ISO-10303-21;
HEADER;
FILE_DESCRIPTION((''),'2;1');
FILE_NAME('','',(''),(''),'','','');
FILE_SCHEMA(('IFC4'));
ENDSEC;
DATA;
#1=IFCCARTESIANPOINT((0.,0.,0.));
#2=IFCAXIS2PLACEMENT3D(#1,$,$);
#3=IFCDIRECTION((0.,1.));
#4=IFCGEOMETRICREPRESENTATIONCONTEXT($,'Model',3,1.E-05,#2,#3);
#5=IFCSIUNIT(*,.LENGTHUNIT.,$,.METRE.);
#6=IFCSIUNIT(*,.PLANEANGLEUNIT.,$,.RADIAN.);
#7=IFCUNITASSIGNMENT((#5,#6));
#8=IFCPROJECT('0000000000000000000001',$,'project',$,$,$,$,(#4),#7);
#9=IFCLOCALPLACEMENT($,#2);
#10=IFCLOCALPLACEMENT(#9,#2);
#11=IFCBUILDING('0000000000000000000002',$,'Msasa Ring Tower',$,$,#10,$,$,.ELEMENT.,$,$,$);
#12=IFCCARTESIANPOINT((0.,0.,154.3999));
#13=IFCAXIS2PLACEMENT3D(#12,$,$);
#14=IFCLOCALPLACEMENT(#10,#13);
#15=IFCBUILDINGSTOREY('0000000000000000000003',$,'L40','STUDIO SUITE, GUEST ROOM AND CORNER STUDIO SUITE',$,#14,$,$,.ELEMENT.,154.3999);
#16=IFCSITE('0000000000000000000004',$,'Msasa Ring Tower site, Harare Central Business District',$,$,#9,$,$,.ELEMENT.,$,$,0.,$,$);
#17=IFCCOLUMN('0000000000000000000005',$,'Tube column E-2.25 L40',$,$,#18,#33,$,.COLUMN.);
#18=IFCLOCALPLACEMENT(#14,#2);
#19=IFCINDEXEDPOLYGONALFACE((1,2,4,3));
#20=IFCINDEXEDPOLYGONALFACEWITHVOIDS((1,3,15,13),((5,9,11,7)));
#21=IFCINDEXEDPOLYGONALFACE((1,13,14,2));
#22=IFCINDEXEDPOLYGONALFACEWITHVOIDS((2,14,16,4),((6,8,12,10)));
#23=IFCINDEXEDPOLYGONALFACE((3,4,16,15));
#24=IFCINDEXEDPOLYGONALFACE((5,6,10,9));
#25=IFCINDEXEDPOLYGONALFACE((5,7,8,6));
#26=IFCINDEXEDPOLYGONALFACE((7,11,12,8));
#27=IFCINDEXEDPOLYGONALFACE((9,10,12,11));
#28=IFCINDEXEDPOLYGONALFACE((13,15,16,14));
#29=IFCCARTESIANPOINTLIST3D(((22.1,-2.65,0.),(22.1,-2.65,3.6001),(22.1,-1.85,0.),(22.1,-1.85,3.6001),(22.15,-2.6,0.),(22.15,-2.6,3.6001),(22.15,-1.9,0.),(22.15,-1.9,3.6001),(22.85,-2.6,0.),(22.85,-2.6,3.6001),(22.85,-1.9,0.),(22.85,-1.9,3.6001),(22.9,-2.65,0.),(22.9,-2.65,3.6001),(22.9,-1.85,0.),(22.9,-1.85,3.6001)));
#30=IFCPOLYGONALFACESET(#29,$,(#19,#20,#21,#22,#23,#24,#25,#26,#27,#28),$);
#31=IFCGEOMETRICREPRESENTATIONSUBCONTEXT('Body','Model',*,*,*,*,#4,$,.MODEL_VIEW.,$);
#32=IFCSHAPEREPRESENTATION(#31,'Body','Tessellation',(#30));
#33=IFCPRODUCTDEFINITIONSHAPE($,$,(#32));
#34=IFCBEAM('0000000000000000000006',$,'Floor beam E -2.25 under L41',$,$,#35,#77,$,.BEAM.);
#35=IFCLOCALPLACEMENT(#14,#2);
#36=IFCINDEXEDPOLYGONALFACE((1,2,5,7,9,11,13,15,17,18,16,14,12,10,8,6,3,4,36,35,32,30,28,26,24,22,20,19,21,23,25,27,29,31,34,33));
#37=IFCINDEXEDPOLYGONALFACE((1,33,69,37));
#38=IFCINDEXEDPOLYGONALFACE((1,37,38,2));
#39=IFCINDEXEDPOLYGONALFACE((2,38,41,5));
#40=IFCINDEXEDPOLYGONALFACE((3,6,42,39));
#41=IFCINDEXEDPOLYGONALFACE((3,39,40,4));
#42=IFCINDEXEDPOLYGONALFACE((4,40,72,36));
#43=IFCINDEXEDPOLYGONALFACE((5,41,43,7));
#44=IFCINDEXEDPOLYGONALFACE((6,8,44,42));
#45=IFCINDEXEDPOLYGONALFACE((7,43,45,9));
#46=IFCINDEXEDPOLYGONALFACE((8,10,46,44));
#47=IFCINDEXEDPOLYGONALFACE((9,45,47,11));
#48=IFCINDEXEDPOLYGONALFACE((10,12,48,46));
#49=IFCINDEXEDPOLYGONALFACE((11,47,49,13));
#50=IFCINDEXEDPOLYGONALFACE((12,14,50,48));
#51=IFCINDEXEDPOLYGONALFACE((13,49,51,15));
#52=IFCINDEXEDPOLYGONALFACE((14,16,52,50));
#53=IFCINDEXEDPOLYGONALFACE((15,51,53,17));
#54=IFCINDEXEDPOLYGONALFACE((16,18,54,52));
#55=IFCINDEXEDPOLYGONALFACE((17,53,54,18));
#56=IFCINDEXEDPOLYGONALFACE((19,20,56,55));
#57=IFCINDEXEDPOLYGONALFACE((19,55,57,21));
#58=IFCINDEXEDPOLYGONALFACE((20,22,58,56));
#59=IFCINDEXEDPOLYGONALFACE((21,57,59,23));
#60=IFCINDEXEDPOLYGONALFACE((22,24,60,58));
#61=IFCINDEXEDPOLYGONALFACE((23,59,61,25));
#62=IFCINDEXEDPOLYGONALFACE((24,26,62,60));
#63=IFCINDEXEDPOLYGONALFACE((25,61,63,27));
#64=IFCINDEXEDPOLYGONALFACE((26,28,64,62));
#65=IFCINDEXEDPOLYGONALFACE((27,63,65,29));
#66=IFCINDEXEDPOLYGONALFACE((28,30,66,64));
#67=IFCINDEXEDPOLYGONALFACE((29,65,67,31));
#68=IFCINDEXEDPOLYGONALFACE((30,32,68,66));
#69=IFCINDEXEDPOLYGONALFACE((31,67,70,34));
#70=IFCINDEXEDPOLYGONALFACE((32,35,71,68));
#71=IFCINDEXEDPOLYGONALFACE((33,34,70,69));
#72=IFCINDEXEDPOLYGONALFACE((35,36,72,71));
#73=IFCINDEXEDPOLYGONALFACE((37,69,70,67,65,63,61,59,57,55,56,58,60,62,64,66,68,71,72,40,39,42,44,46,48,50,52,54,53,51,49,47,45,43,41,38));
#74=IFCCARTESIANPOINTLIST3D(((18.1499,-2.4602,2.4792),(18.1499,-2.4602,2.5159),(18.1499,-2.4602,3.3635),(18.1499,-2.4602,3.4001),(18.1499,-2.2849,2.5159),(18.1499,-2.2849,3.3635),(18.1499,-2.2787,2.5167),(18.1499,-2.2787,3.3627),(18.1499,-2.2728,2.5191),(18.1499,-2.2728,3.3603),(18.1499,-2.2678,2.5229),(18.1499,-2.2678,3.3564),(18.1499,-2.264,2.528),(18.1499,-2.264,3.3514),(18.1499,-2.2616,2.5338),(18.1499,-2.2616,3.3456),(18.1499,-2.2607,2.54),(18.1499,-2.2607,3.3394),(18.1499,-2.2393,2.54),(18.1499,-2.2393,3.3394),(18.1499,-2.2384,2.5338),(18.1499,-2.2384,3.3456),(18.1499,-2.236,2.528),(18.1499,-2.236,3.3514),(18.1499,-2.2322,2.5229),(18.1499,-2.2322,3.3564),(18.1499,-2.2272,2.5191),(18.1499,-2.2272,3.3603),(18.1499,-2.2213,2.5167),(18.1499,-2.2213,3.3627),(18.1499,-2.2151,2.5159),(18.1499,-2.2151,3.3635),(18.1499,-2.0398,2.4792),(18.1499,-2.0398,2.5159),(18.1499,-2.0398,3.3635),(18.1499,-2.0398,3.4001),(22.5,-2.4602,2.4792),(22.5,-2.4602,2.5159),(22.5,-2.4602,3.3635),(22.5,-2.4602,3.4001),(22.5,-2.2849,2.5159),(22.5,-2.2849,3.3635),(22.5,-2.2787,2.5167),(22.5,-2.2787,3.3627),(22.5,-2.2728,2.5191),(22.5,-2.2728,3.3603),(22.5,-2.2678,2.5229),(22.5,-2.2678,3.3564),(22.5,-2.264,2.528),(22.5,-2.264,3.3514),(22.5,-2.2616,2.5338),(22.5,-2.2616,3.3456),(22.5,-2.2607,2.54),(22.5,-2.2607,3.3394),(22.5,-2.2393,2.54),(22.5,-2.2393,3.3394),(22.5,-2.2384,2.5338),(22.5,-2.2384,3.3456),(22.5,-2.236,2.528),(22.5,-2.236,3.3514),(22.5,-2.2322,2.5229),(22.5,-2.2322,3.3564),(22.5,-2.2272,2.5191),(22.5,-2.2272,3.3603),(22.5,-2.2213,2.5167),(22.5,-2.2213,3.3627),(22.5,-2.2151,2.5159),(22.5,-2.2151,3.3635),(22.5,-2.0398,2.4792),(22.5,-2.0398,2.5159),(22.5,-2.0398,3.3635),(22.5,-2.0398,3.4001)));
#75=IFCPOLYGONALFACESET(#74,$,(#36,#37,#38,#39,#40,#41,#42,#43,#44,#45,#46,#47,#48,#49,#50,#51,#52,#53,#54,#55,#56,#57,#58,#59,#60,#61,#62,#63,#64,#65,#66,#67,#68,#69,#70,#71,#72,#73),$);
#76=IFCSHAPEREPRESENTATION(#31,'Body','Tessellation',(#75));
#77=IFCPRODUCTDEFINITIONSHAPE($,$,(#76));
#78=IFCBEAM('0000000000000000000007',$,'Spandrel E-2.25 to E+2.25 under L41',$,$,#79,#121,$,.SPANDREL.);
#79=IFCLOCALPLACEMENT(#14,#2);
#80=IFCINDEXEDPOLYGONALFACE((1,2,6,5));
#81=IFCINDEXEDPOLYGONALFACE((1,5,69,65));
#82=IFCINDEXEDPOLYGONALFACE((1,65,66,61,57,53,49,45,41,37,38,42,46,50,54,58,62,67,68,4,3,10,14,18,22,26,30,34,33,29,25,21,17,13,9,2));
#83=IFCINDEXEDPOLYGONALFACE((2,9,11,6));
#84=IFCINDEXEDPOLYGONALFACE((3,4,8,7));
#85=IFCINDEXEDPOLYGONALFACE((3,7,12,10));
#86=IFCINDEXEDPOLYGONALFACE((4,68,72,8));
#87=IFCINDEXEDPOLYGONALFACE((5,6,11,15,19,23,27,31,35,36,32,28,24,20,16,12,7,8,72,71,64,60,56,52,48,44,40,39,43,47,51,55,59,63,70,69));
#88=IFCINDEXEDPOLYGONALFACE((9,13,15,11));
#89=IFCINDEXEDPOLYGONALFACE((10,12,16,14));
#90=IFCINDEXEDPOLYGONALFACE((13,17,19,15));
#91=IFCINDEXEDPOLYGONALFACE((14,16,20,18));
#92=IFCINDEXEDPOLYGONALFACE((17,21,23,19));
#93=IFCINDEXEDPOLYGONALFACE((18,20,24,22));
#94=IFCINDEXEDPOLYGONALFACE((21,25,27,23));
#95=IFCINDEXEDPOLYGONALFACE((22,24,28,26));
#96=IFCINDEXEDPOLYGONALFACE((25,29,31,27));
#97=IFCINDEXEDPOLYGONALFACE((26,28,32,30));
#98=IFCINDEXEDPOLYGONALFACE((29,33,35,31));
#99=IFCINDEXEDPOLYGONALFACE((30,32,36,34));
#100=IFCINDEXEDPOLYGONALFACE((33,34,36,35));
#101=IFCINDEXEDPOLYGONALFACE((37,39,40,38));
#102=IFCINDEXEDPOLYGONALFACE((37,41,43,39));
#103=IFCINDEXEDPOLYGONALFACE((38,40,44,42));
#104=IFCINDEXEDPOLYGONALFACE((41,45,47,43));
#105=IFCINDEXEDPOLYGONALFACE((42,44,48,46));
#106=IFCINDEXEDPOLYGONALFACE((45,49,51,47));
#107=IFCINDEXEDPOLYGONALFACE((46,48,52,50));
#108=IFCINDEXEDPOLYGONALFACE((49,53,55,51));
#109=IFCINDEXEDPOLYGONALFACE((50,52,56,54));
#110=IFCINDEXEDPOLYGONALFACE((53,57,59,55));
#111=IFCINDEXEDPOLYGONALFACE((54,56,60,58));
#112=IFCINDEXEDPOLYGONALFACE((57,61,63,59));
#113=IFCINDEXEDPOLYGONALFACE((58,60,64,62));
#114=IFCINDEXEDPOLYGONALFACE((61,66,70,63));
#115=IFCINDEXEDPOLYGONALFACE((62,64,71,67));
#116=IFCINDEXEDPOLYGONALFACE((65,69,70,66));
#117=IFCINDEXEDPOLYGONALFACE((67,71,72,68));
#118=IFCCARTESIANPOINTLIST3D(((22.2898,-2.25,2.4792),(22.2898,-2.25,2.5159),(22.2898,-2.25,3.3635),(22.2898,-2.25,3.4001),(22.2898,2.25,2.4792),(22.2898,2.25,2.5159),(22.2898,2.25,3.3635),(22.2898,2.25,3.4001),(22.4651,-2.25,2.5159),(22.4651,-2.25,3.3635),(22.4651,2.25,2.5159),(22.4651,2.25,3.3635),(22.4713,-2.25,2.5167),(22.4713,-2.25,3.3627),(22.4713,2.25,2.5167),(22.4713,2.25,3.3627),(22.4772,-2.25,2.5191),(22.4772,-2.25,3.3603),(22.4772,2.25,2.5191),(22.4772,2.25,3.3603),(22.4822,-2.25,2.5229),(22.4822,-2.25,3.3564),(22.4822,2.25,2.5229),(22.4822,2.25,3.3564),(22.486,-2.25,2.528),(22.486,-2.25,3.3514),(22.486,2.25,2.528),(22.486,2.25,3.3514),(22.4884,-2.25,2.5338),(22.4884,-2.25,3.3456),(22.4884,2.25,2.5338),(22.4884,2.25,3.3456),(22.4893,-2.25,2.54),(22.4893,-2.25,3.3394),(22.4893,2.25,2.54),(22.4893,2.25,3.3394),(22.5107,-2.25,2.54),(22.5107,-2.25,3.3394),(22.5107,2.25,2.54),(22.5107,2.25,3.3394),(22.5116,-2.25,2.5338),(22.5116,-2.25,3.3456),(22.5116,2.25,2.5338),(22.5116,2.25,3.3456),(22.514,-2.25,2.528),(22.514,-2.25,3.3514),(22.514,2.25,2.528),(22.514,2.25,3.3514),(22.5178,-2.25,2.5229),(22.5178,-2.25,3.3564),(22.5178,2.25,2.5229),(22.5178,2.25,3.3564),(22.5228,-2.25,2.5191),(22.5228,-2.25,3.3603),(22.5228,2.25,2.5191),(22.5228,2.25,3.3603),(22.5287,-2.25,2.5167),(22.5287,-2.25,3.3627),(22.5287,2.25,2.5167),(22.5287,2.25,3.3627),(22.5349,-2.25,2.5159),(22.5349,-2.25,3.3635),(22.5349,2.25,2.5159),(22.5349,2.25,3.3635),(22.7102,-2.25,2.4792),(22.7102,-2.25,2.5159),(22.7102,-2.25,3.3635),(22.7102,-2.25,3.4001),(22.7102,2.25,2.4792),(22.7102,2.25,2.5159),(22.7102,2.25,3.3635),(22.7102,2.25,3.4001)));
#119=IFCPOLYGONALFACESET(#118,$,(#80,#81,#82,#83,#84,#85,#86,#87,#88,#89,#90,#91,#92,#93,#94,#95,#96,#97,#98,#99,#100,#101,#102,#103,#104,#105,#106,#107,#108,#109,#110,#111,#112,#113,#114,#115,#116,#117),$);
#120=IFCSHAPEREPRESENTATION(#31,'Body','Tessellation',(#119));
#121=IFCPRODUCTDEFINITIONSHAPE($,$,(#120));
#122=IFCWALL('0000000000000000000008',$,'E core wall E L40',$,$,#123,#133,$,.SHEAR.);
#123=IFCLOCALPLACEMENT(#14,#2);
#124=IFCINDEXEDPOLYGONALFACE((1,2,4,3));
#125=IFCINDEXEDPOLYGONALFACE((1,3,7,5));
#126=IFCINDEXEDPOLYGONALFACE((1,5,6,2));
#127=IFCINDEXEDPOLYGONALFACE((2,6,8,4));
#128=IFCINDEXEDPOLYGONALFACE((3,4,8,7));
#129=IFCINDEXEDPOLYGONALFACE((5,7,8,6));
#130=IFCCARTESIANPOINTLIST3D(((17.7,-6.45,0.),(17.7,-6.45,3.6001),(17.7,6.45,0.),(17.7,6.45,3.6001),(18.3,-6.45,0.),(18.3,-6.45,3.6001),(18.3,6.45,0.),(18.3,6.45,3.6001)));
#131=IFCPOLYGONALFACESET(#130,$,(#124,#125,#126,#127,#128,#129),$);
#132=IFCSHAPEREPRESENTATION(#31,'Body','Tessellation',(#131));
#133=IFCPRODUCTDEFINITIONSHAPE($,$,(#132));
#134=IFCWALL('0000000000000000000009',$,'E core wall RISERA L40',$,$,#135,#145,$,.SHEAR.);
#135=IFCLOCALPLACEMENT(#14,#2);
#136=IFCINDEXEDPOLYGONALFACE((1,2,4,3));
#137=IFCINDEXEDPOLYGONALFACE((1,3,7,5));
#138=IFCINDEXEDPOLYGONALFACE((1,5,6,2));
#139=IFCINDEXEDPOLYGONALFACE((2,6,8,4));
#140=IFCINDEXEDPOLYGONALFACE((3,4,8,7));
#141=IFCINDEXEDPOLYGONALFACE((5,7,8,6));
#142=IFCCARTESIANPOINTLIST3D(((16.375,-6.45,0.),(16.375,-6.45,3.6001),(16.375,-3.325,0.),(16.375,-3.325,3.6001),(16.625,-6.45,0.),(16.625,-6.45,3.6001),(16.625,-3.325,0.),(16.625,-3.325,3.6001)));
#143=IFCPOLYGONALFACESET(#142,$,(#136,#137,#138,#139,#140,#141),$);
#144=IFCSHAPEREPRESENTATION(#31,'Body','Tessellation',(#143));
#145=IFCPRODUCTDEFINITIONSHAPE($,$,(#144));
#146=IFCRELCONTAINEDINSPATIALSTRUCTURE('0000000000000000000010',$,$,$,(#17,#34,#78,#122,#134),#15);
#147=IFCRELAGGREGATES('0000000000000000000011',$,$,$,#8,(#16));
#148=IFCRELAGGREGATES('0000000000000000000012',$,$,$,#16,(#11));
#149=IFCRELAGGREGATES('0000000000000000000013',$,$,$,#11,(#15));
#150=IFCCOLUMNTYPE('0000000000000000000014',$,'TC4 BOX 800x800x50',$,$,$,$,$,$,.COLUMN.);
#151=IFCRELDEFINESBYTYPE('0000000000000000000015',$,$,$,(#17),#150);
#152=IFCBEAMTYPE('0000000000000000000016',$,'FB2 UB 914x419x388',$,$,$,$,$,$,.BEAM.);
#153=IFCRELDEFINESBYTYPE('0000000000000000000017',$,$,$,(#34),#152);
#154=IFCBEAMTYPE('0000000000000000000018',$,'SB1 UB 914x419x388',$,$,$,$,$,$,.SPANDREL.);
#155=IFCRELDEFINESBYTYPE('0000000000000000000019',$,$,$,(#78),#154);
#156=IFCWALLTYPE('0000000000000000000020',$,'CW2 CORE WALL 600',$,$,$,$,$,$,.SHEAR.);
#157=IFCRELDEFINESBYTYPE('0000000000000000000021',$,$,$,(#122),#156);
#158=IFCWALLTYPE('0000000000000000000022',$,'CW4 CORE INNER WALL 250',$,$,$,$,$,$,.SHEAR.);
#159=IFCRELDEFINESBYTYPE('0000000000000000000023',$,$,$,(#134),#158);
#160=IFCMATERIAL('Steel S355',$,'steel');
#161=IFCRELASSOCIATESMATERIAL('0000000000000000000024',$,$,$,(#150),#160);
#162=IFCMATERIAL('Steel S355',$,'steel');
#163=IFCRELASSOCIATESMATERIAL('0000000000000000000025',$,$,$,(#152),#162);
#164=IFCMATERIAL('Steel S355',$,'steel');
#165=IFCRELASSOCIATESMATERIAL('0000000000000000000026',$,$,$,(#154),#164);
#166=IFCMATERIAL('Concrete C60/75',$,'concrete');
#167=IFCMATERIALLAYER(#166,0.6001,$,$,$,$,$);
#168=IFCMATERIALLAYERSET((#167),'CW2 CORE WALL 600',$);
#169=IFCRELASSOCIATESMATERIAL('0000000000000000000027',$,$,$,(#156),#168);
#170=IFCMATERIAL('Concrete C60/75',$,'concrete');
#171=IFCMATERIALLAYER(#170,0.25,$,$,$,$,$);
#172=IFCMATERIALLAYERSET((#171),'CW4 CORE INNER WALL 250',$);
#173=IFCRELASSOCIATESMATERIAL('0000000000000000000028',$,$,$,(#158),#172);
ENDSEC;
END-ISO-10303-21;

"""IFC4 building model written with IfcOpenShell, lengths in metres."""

from ifc_helpers import new_model, si_unit, direction, frame, frame_2d, origin, origin_2d, place, context, subcontext, project, spatial, rectangle, hollow_rectangle, i_section, extrude, material, layer, layer_set, material_profile, profile_set, type_object, element, save


model = new_model("IFC4")

# Units and contexts
model_context = context("Model", 3, precision=1e-05, world=origin(), true_north=direction((0.0, 1.0)))
body_context = subcontext(model_context, "Body", "Model", "MODEL_VIEW")
ifc_project = project(units=[si_unit("LENGTHUNIT", "METRE"), si_unit("PLANEANGLEUNIT", "RADIAN")], contexts=[model_context])

# Site, building, storey
site_placement = place(None, origin())
site = spatial("IfcSite", under=ifc_project, at=site_placement, Name="Msasa Ring Tower site, Harare Central Business District", CompositionType="ELEMENT", RefElevation=0.0)
building_placement = place(site_placement, origin())
building = spatial("IfcBuilding", under=site, at=building_placement, Name="Msasa Ring Tower", CompositionType="ELEMENT")
storey_placement = place(building_placement, frame((0.0, 0.0, 154.3999)))
storey = spatial("IfcBuildingStorey", under=building, at=storey_placement, Name="L40", Description="STUDIO SUITE, GUEST ROOM AND CORNER STUDIO SUITE", CompositionType="ELEMENT", Elevation=154.3999)

# Column
ifc_material_1 = material(Name="Steel S355", Category="steel")
ifc_material_profile_1 = material_profile(ifc_material_1, hollow_rectangle(XDim=0.8, YDim=0.8, WallThickness=0.05, at=origin_2d()), Name="BOX 800x800x50")
ifc_profile_set_1 = profile_set([ifc_material_profile_1], Name="Steel S355")
column_type = type_object("IfcColumnType", Name="TC4 BOX 800x800x50", PredefinedType="COLUMN", material=ifc_profile_set_1)
column_placement = place(storey_placement, frame((22.5, -2.25, 0.0), z_axis=(0.0, 0.0, 1.0), x_axis=(1.0, 0.0, 0.0)))
element("IfcColumn", 1, at=column_placement, inside=storey, type_object=column_type, Name="Tube column E-2.25 L40", PredefinedType="COLUMN", context=body_context, shape_type="SweptSolid", body=[
    extrude(hollow_rectangle(XDim=0.8, YDim=0.8, WallThickness=0.05, at=origin_2d()), origin(), (0.0, 0.0, 1.0), 3.6001),
])

# Beams
ifc_material_2 = material(Name="Steel S355", Category="steel")
ifc_material_profile_2 = material_profile(ifc_material_2, i_section(OverallWidth=0.4204, OverallDepth=0.9209, WebThickness=0.0215, FlangeThickness=0.0366, FilletRadius=0.0242, at=origin_2d()), Name="UB 914x419x388")
ifc_profile_set_2 = profile_set([ifc_material_profile_2], Name="Steel S355")
beam_type_1 = type_object("IfcBeamType", Name="FB2 UB 914x419x388", PredefinedType="BEAM", material=ifc_profile_set_2)
beam_1_placement = place(storey_placement, frame((22.5, -2.25, 2.9397), z_axis=(-1.0, 0.0, 0.0), x_axis=(0.0, -1.0, 0.0)))
element("IfcBeam", 2, at=beam_1_placement, inside=storey, type_object=beam_type_1, Name="Floor beam E -2.25 under L41", PredefinedType="BEAM", context=body_context, shape_type="SweptSolid", body=[
    extrude(i_section(OverallWidth=0.4204, OverallDepth=0.9209, WebThickness=0.0215, FlangeThickness=0.0366, FilletRadius=0.0242, at=origin_2d()), origin(), (0.0, 0.0, 1.0), 4.3501),
])
ifc_material_3 = material(Name="Steel S355", Category="steel")
ifc_material_profile_3 = material_profile(ifc_material_3, i_section(OverallWidth=0.4204, OverallDepth=0.9209, WebThickness=0.0215, FlangeThickness=0.0366, FilletRadius=0.0242, at=origin_2d()), Name="UB 914x419x388")
ifc_profile_set_3 = profile_set([ifc_material_profile_3], Name="Steel S355")
beam_type_2 = type_object("IfcBeamType", Name="SB1 UB 914x419x388", PredefinedType="SPANDREL", material=ifc_profile_set_3)
beam_2_placement = place(storey_placement, frame((22.5, -2.25, 2.9397), z_axis=(0.0, 1.0, 0.0), x_axis=(-1.0, 0.0, 0.0)))
element("IfcBeam", 3, at=beam_2_placement, inside=storey, type_object=beam_type_2, Name="Spandrel E-2.25 to E+2.25 under L41", PredefinedType="SPANDREL", context=body_context, shape_type="SweptSolid", body=[
    extrude(i_section(OverallWidth=0.4204, OverallDepth=0.9209, WebThickness=0.0215, FlangeThickness=0.0366, FilletRadius=0.0242, at=origin_2d()), origin(), (0.0, 0.0, 1.0), 4.5),
])

# Walls
ifc_material_4 = material(Name="Concrete C60/75", Category="concrete")
ifc_layer_1 = layer(ifc_material_4, 0.6001)
ifc_layer_set_1 = layer_set([ifc_layer_1], Name="CW2 CORE WALL 600")
wall_type_1 = type_object("IfcWallType", Name="CW2 CORE WALL 600", PredefinedType="SHEAR", material=ifc_layer_set_1)
wall_1_placement = place(storey_placement, frame((18.0, -6.45, 0.0), z_axis=(0.0, 0.0, 1.0), x_axis=(0.0, 1.0, 0.0)))
element("IfcWall", 4, at=wall_1_placement, inside=storey, type_object=wall_type_1, Name="E core wall E L40", PredefinedType="SHEAR", context=body_context, shape_type="SweptSolid", body=[
    extrude(rectangle(XDim=12.8999, YDim=0.6001, at=frame_2d((6.45, 0.0))), origin(), (0.0, 0.0, 1.0), 3.6001),
])
ifc_material_5 = material(Name="Concrete C60/75", Category="concrete")
ifc_layer_2 = layer(ifc_material_5, 0.25)
ifc_layer_set_2 = layer_set([ifc_layer_2], Name="CW4 CORE INNER WALL 250")
wall_type_2 = type_object("IfcWallType", Name="CW4 CORE INNER WALL 250", PredefinedType="SHEAR", material=ifc_layer_set_2)
wall_2_placement = place(storey_placement, frame((16.5, -6.45, 0.0), z_axis=(0.0, 0.0, 1.0), x_axis=(0.0, 1.0, 0.0)))
element("IfcWall", 5, at=wall_2_placement, inside=storey, type_object=wall_type_2, Name="E core wall RISERA L40", PredefinedType="SHEAR", context=body_context, shape_type="SweptSolid", body=[
    extrude(rectangle(XDim=3.125, YDim=0.25, at=frame_2d((1.5625, 0.0))), origin(), (0.0, 0.0, 1.0), 3.6001),
])

save(model, "model.ifc")
